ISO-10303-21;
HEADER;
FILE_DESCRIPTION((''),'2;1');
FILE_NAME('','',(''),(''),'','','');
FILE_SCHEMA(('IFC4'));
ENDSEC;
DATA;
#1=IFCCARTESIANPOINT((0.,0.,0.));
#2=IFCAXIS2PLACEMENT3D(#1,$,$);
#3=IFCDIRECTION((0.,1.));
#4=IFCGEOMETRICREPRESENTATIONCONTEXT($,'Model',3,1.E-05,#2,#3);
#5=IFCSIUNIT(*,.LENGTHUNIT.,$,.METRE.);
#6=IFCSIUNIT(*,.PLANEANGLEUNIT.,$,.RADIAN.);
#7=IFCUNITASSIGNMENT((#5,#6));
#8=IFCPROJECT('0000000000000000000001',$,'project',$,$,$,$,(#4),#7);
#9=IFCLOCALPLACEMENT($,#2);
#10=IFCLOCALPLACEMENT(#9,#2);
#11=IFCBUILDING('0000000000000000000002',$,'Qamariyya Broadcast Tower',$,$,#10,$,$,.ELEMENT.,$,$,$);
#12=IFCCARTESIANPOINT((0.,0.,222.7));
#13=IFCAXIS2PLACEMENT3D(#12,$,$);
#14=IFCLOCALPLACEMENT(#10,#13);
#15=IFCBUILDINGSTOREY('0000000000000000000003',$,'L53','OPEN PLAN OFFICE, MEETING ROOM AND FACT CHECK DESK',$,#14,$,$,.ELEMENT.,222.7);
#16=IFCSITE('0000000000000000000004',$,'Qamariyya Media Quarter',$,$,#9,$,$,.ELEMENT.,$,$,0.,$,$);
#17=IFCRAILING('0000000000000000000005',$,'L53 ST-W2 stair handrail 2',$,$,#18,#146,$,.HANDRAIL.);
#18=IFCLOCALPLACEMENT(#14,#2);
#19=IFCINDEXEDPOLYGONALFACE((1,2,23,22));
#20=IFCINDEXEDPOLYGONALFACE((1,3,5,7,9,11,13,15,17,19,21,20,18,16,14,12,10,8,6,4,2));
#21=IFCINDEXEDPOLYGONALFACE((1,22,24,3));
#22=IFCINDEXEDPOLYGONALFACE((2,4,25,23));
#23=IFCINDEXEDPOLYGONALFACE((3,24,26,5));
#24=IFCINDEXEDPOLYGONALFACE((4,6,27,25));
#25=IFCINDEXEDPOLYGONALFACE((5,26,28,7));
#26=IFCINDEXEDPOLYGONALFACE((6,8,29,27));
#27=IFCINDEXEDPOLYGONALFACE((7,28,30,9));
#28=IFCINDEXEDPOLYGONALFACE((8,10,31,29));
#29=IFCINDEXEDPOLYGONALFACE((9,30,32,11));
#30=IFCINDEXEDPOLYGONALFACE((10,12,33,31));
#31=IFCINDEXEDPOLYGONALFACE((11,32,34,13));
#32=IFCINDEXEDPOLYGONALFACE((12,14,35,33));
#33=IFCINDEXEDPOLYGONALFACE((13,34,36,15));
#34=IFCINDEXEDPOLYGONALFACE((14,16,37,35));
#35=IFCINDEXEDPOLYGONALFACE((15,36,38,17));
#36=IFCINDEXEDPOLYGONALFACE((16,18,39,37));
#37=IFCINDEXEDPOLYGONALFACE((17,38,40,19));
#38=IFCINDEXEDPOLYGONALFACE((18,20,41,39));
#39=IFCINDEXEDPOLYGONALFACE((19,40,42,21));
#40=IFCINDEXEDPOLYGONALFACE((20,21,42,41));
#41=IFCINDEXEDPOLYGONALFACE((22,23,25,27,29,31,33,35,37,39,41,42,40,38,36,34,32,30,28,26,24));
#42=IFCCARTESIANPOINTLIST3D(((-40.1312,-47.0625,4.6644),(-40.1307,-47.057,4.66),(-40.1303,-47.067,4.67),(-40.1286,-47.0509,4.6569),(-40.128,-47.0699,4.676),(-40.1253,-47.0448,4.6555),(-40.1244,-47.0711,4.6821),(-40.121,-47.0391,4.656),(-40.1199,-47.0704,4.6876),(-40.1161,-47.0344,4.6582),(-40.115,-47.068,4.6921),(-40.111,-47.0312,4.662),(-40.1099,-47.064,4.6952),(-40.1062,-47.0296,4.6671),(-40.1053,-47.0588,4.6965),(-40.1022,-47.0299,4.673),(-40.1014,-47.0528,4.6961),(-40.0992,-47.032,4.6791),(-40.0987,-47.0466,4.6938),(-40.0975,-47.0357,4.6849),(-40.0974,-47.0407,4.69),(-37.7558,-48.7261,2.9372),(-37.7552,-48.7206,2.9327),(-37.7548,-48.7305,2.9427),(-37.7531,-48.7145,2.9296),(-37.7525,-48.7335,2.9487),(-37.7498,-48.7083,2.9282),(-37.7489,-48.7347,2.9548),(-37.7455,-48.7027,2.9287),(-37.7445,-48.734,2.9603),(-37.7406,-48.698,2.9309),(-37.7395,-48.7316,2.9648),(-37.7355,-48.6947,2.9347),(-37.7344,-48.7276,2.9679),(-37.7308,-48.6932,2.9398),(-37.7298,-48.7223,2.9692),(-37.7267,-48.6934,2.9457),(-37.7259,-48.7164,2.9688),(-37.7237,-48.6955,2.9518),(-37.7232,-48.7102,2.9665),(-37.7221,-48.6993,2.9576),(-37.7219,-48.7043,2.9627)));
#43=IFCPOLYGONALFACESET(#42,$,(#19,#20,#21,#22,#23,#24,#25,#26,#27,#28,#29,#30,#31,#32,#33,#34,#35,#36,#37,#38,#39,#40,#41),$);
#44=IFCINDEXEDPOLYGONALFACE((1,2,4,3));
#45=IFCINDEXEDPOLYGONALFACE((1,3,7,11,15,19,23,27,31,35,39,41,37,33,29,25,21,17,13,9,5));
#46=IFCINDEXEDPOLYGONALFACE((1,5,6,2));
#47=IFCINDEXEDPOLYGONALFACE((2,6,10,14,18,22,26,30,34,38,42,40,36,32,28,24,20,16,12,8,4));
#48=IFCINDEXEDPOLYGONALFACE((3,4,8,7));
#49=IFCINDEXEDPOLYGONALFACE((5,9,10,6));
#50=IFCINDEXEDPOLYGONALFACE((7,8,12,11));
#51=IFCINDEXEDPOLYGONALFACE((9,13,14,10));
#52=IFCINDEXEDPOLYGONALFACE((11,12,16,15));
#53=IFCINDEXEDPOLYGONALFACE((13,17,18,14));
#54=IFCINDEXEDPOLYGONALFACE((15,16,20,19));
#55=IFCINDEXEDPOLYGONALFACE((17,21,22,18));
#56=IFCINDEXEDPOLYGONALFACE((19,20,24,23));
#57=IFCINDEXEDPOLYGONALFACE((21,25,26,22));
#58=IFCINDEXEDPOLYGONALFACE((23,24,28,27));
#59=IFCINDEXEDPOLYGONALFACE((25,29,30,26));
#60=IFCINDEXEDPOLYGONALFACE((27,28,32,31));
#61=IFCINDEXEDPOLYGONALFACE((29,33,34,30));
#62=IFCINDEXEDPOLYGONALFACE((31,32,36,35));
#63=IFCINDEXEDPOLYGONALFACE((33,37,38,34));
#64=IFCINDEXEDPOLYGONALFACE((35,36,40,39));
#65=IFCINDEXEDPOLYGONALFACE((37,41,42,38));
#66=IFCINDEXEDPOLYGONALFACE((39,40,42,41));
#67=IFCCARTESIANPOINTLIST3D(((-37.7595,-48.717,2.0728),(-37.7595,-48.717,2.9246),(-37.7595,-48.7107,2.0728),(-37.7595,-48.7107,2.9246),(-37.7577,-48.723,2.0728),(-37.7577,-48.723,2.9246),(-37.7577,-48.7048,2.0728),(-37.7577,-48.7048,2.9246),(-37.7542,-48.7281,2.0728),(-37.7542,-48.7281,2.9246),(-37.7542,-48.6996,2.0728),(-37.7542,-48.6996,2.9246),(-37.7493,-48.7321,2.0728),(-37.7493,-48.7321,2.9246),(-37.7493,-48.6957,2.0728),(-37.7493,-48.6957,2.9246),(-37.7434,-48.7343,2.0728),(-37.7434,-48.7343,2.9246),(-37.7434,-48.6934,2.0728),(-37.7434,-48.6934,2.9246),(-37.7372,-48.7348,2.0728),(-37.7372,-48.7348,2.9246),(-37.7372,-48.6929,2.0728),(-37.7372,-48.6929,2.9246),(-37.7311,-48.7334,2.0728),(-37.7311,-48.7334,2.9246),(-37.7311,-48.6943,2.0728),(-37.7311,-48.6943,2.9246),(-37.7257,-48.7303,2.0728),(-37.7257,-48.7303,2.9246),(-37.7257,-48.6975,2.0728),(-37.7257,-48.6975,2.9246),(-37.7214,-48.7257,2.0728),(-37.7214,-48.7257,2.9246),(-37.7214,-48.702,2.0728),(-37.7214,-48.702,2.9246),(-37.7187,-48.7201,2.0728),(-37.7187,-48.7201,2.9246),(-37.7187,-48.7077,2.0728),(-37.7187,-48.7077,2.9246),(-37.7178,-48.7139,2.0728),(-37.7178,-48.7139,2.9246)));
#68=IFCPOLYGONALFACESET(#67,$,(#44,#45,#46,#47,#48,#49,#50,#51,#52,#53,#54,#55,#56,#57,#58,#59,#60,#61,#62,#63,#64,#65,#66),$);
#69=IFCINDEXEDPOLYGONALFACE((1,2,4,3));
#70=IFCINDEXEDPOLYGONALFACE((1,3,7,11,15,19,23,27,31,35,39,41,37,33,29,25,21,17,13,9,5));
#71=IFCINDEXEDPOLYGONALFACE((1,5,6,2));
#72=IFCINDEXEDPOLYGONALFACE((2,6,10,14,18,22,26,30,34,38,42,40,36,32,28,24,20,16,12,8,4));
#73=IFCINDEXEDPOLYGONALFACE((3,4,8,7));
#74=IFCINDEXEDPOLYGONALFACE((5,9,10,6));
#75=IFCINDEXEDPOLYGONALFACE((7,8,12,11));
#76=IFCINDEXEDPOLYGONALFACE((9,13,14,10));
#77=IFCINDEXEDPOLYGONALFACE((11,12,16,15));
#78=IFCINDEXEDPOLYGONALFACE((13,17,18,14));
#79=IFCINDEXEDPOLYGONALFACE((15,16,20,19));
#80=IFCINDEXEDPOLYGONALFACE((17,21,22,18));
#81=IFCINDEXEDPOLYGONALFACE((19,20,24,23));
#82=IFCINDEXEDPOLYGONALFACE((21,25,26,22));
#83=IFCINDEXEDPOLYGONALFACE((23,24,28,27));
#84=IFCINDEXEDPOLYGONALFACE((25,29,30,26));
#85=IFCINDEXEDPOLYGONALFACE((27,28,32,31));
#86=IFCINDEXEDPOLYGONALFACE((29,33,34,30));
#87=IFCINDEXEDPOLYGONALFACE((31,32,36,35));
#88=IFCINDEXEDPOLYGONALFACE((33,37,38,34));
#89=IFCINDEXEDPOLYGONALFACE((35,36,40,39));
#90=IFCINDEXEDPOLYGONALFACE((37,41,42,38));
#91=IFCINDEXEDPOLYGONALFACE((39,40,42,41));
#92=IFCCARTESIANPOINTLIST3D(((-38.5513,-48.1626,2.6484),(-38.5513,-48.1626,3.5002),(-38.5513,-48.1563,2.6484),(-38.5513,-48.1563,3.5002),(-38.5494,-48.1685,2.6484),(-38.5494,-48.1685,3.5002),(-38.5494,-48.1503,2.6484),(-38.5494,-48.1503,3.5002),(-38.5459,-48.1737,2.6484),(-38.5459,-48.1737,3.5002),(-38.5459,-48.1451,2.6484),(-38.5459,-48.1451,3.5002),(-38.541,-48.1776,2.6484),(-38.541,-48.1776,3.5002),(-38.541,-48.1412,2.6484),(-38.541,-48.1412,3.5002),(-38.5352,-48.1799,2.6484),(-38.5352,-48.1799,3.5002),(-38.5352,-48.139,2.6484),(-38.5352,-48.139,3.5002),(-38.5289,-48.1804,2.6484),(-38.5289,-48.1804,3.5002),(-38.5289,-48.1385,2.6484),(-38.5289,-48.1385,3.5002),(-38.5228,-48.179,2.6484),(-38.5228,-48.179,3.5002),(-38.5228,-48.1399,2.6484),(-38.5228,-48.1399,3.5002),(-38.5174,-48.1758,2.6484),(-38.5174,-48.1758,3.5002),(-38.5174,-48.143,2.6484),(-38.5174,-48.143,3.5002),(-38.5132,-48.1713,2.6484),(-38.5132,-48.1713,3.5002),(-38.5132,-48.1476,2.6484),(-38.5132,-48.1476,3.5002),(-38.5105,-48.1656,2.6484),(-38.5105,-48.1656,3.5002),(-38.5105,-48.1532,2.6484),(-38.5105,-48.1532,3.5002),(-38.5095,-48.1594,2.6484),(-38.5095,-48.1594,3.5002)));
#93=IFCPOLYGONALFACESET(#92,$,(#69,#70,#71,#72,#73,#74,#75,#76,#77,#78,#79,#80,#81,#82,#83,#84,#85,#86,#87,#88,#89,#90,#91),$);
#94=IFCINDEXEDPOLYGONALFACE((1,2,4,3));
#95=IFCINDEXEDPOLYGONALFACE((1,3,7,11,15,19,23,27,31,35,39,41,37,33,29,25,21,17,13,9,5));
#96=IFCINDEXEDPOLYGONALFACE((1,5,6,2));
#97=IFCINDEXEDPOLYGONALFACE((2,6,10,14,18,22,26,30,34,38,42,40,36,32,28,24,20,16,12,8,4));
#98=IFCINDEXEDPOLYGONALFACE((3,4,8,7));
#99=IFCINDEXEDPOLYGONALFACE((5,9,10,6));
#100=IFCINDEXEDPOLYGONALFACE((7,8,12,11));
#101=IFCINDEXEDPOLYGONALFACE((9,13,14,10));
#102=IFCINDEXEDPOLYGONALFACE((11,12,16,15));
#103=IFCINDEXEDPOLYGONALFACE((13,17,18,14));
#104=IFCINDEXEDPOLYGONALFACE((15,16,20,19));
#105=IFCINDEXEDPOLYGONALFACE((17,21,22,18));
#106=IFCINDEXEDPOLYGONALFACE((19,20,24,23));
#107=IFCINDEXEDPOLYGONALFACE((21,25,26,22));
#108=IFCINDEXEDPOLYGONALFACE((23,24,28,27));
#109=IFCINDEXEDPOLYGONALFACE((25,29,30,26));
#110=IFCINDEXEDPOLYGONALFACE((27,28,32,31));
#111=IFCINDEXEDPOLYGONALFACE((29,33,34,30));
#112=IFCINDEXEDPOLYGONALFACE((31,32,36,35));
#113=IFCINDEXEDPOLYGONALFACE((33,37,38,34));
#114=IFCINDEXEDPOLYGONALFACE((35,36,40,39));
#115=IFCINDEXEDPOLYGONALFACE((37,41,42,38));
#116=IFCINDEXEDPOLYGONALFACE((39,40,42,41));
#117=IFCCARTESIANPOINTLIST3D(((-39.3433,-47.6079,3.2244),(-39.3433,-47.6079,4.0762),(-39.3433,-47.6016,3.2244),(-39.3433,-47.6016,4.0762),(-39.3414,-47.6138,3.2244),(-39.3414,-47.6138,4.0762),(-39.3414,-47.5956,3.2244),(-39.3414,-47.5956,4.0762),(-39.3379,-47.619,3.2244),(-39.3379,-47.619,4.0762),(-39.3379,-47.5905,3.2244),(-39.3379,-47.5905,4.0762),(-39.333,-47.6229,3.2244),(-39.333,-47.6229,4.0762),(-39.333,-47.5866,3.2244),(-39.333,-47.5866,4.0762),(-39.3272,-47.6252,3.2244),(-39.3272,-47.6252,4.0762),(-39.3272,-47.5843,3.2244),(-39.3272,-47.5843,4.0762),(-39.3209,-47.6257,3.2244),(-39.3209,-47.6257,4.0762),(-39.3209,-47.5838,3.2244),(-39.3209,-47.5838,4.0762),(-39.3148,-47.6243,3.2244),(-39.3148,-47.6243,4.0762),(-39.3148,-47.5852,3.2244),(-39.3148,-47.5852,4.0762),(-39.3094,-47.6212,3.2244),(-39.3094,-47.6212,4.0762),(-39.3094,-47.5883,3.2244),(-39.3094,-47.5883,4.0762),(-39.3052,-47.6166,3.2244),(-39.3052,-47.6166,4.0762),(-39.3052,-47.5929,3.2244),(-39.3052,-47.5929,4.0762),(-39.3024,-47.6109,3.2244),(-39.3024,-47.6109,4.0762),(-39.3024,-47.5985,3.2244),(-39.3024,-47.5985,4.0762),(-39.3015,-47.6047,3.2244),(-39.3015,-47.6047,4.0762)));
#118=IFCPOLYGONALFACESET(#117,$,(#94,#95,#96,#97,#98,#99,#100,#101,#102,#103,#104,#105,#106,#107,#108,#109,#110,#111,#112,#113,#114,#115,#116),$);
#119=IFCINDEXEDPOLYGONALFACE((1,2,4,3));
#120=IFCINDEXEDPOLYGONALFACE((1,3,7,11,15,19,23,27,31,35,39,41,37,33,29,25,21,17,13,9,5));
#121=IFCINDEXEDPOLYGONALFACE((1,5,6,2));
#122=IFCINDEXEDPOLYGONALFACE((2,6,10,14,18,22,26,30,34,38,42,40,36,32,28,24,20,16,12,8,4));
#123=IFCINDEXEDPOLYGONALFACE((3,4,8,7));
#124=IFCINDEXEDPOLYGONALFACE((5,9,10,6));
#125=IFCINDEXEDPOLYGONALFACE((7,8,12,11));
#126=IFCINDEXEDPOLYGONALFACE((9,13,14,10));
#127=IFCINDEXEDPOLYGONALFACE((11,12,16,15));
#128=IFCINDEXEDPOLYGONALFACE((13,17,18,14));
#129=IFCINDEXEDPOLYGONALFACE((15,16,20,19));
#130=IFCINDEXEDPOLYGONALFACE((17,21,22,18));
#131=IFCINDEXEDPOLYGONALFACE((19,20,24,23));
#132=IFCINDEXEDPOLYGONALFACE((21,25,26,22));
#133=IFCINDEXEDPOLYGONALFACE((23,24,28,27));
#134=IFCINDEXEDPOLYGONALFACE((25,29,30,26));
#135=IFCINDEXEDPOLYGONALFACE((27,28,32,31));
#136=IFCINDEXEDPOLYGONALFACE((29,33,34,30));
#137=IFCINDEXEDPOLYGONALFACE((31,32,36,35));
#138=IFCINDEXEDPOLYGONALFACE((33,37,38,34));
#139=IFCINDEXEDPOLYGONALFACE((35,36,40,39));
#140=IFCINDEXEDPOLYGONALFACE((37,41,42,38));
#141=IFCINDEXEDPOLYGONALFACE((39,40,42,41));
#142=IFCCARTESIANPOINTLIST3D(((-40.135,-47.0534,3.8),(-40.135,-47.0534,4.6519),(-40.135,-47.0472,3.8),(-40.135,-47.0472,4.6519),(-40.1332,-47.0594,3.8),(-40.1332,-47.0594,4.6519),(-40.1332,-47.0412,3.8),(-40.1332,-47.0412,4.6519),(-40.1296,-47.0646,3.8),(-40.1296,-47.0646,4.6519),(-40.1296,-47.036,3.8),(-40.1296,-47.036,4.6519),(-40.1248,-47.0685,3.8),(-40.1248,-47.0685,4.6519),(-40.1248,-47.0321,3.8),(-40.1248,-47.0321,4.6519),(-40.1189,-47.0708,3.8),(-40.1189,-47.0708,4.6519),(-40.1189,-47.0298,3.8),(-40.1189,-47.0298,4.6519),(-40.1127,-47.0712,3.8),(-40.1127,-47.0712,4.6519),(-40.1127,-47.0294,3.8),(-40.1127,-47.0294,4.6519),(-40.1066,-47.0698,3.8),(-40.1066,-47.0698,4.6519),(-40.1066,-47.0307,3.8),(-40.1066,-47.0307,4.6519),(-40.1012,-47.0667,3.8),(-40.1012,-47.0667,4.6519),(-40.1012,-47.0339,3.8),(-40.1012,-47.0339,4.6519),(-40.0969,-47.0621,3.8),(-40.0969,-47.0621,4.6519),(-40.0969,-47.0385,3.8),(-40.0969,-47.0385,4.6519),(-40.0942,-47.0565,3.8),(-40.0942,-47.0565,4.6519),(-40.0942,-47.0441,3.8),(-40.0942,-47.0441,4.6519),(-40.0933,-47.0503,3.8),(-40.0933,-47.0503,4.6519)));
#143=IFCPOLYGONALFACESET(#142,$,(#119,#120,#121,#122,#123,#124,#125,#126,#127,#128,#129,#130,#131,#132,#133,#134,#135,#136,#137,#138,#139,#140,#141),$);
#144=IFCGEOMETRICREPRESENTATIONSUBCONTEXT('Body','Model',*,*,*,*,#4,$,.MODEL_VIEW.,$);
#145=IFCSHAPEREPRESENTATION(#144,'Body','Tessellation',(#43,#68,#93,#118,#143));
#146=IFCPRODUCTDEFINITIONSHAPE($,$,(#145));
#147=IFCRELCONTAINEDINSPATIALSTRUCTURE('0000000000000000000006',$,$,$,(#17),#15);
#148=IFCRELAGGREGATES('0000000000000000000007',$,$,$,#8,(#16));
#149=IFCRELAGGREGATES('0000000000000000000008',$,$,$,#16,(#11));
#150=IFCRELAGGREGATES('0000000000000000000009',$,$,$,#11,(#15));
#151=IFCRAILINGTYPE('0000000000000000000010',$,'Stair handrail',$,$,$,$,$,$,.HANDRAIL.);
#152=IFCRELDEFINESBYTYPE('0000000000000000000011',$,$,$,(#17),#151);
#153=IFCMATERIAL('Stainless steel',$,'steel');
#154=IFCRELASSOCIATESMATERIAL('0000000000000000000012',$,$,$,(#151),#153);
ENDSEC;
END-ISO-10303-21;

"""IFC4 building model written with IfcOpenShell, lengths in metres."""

from ifc_helpers import new_model, si_unit, direction, frame, origin, origin_2d, place, context, subcontext, project, spatial, circle, extrude, material, type_object, element, save


model = new_model("IFC4")

# Units and contexts
model_context = context("Model", 3, precision=1e-05, world=origin(), true_north=direction((0.0, 1.0)))
body_context = subcontext(model_context, "Body", "Model", "MODEL_VIEW")
ifc_project = project(units=[si_unit("LENGTHUNIT", "METRE"), si_unit("PLANEANGLEUNIT", "RADIAN")], contexts=[model_context])

# Site, building, storey
site_placement = place(None, origin())
site = spatial("IfcSite", under=ifc_project, at=site_placement, Name="Qamariyya Media Quarter", CompositionType="ELEMENT", RefElevation=0.0)
building_placement = place(site_placement, origin())
building = spatial("IfcBuilding", under=site, at=building_placement, Name="Qamariyya Broadcast Tower", CompositionType="ELEMENT")
storey_placement = place(building_placement, frame((0.0, 0.0, 222.7)))
storey = spatial("IfcBuildingStorey", under=building, at=storey_placement, Name="L53", Description="OPEN PLAN OFFICE, MEETING ROOM AND FACT CHECK DESK", CompositionType="ELEMENT", Elevation=222.7)

# Railing
ifc_material_1 = material(Name="Stainless steel", Category="steel")
railing_type = type_object("IfcRailingType", Name="Stair handrail", PredefinedType="HANDRAIL", material=ifc_material_1)
railing_placement = place(storey_placement, frame((-37.7388, -48.7139, 2.0728)))
element("IfcRailing", 1, at=railing_placement, inside=storey, type_object=railing_type, Name="L53 ST-W2 stair handrail 2", PredefinedType="HANDRAIL", context=body_context, shape_type="SweptSolid", body=[
    extrude(circle(Radius=0.0239, at=origin_2d()), frame((0.0, 0.0, 0.876), z_axis=(-0.703745, 0.492838, 0.511716), x_axis=(-0.573632, -0.819113, 0.0)), (0.0, 0.0, 1.0), 3.3755),
    extrude(circle(Radius=0.021, at=origin_2d()), origin(), (0.0, 0.0, 1.0), 0.8518),
    extrude(circle(Radius=0.021, at=origin_2d()), frame((-0.7917, 0.5544, 0.5757)), (0.0, 0.0, 1.0), 0.8518),
    extrude(circle(Radius=0.021, at=origin_2d()), frame((-1.5837, 1.1091, 1.1516)), (0.0, 0.0, 1.0), 0.8518),
    extrude(circle(Radius=0.021, at=origin_2d()), frame((-2.3755, 1.6636, 1.7273)), (0.0, 0.0, 1.0), 0.8518),
])

save(model, "model.ifc")
